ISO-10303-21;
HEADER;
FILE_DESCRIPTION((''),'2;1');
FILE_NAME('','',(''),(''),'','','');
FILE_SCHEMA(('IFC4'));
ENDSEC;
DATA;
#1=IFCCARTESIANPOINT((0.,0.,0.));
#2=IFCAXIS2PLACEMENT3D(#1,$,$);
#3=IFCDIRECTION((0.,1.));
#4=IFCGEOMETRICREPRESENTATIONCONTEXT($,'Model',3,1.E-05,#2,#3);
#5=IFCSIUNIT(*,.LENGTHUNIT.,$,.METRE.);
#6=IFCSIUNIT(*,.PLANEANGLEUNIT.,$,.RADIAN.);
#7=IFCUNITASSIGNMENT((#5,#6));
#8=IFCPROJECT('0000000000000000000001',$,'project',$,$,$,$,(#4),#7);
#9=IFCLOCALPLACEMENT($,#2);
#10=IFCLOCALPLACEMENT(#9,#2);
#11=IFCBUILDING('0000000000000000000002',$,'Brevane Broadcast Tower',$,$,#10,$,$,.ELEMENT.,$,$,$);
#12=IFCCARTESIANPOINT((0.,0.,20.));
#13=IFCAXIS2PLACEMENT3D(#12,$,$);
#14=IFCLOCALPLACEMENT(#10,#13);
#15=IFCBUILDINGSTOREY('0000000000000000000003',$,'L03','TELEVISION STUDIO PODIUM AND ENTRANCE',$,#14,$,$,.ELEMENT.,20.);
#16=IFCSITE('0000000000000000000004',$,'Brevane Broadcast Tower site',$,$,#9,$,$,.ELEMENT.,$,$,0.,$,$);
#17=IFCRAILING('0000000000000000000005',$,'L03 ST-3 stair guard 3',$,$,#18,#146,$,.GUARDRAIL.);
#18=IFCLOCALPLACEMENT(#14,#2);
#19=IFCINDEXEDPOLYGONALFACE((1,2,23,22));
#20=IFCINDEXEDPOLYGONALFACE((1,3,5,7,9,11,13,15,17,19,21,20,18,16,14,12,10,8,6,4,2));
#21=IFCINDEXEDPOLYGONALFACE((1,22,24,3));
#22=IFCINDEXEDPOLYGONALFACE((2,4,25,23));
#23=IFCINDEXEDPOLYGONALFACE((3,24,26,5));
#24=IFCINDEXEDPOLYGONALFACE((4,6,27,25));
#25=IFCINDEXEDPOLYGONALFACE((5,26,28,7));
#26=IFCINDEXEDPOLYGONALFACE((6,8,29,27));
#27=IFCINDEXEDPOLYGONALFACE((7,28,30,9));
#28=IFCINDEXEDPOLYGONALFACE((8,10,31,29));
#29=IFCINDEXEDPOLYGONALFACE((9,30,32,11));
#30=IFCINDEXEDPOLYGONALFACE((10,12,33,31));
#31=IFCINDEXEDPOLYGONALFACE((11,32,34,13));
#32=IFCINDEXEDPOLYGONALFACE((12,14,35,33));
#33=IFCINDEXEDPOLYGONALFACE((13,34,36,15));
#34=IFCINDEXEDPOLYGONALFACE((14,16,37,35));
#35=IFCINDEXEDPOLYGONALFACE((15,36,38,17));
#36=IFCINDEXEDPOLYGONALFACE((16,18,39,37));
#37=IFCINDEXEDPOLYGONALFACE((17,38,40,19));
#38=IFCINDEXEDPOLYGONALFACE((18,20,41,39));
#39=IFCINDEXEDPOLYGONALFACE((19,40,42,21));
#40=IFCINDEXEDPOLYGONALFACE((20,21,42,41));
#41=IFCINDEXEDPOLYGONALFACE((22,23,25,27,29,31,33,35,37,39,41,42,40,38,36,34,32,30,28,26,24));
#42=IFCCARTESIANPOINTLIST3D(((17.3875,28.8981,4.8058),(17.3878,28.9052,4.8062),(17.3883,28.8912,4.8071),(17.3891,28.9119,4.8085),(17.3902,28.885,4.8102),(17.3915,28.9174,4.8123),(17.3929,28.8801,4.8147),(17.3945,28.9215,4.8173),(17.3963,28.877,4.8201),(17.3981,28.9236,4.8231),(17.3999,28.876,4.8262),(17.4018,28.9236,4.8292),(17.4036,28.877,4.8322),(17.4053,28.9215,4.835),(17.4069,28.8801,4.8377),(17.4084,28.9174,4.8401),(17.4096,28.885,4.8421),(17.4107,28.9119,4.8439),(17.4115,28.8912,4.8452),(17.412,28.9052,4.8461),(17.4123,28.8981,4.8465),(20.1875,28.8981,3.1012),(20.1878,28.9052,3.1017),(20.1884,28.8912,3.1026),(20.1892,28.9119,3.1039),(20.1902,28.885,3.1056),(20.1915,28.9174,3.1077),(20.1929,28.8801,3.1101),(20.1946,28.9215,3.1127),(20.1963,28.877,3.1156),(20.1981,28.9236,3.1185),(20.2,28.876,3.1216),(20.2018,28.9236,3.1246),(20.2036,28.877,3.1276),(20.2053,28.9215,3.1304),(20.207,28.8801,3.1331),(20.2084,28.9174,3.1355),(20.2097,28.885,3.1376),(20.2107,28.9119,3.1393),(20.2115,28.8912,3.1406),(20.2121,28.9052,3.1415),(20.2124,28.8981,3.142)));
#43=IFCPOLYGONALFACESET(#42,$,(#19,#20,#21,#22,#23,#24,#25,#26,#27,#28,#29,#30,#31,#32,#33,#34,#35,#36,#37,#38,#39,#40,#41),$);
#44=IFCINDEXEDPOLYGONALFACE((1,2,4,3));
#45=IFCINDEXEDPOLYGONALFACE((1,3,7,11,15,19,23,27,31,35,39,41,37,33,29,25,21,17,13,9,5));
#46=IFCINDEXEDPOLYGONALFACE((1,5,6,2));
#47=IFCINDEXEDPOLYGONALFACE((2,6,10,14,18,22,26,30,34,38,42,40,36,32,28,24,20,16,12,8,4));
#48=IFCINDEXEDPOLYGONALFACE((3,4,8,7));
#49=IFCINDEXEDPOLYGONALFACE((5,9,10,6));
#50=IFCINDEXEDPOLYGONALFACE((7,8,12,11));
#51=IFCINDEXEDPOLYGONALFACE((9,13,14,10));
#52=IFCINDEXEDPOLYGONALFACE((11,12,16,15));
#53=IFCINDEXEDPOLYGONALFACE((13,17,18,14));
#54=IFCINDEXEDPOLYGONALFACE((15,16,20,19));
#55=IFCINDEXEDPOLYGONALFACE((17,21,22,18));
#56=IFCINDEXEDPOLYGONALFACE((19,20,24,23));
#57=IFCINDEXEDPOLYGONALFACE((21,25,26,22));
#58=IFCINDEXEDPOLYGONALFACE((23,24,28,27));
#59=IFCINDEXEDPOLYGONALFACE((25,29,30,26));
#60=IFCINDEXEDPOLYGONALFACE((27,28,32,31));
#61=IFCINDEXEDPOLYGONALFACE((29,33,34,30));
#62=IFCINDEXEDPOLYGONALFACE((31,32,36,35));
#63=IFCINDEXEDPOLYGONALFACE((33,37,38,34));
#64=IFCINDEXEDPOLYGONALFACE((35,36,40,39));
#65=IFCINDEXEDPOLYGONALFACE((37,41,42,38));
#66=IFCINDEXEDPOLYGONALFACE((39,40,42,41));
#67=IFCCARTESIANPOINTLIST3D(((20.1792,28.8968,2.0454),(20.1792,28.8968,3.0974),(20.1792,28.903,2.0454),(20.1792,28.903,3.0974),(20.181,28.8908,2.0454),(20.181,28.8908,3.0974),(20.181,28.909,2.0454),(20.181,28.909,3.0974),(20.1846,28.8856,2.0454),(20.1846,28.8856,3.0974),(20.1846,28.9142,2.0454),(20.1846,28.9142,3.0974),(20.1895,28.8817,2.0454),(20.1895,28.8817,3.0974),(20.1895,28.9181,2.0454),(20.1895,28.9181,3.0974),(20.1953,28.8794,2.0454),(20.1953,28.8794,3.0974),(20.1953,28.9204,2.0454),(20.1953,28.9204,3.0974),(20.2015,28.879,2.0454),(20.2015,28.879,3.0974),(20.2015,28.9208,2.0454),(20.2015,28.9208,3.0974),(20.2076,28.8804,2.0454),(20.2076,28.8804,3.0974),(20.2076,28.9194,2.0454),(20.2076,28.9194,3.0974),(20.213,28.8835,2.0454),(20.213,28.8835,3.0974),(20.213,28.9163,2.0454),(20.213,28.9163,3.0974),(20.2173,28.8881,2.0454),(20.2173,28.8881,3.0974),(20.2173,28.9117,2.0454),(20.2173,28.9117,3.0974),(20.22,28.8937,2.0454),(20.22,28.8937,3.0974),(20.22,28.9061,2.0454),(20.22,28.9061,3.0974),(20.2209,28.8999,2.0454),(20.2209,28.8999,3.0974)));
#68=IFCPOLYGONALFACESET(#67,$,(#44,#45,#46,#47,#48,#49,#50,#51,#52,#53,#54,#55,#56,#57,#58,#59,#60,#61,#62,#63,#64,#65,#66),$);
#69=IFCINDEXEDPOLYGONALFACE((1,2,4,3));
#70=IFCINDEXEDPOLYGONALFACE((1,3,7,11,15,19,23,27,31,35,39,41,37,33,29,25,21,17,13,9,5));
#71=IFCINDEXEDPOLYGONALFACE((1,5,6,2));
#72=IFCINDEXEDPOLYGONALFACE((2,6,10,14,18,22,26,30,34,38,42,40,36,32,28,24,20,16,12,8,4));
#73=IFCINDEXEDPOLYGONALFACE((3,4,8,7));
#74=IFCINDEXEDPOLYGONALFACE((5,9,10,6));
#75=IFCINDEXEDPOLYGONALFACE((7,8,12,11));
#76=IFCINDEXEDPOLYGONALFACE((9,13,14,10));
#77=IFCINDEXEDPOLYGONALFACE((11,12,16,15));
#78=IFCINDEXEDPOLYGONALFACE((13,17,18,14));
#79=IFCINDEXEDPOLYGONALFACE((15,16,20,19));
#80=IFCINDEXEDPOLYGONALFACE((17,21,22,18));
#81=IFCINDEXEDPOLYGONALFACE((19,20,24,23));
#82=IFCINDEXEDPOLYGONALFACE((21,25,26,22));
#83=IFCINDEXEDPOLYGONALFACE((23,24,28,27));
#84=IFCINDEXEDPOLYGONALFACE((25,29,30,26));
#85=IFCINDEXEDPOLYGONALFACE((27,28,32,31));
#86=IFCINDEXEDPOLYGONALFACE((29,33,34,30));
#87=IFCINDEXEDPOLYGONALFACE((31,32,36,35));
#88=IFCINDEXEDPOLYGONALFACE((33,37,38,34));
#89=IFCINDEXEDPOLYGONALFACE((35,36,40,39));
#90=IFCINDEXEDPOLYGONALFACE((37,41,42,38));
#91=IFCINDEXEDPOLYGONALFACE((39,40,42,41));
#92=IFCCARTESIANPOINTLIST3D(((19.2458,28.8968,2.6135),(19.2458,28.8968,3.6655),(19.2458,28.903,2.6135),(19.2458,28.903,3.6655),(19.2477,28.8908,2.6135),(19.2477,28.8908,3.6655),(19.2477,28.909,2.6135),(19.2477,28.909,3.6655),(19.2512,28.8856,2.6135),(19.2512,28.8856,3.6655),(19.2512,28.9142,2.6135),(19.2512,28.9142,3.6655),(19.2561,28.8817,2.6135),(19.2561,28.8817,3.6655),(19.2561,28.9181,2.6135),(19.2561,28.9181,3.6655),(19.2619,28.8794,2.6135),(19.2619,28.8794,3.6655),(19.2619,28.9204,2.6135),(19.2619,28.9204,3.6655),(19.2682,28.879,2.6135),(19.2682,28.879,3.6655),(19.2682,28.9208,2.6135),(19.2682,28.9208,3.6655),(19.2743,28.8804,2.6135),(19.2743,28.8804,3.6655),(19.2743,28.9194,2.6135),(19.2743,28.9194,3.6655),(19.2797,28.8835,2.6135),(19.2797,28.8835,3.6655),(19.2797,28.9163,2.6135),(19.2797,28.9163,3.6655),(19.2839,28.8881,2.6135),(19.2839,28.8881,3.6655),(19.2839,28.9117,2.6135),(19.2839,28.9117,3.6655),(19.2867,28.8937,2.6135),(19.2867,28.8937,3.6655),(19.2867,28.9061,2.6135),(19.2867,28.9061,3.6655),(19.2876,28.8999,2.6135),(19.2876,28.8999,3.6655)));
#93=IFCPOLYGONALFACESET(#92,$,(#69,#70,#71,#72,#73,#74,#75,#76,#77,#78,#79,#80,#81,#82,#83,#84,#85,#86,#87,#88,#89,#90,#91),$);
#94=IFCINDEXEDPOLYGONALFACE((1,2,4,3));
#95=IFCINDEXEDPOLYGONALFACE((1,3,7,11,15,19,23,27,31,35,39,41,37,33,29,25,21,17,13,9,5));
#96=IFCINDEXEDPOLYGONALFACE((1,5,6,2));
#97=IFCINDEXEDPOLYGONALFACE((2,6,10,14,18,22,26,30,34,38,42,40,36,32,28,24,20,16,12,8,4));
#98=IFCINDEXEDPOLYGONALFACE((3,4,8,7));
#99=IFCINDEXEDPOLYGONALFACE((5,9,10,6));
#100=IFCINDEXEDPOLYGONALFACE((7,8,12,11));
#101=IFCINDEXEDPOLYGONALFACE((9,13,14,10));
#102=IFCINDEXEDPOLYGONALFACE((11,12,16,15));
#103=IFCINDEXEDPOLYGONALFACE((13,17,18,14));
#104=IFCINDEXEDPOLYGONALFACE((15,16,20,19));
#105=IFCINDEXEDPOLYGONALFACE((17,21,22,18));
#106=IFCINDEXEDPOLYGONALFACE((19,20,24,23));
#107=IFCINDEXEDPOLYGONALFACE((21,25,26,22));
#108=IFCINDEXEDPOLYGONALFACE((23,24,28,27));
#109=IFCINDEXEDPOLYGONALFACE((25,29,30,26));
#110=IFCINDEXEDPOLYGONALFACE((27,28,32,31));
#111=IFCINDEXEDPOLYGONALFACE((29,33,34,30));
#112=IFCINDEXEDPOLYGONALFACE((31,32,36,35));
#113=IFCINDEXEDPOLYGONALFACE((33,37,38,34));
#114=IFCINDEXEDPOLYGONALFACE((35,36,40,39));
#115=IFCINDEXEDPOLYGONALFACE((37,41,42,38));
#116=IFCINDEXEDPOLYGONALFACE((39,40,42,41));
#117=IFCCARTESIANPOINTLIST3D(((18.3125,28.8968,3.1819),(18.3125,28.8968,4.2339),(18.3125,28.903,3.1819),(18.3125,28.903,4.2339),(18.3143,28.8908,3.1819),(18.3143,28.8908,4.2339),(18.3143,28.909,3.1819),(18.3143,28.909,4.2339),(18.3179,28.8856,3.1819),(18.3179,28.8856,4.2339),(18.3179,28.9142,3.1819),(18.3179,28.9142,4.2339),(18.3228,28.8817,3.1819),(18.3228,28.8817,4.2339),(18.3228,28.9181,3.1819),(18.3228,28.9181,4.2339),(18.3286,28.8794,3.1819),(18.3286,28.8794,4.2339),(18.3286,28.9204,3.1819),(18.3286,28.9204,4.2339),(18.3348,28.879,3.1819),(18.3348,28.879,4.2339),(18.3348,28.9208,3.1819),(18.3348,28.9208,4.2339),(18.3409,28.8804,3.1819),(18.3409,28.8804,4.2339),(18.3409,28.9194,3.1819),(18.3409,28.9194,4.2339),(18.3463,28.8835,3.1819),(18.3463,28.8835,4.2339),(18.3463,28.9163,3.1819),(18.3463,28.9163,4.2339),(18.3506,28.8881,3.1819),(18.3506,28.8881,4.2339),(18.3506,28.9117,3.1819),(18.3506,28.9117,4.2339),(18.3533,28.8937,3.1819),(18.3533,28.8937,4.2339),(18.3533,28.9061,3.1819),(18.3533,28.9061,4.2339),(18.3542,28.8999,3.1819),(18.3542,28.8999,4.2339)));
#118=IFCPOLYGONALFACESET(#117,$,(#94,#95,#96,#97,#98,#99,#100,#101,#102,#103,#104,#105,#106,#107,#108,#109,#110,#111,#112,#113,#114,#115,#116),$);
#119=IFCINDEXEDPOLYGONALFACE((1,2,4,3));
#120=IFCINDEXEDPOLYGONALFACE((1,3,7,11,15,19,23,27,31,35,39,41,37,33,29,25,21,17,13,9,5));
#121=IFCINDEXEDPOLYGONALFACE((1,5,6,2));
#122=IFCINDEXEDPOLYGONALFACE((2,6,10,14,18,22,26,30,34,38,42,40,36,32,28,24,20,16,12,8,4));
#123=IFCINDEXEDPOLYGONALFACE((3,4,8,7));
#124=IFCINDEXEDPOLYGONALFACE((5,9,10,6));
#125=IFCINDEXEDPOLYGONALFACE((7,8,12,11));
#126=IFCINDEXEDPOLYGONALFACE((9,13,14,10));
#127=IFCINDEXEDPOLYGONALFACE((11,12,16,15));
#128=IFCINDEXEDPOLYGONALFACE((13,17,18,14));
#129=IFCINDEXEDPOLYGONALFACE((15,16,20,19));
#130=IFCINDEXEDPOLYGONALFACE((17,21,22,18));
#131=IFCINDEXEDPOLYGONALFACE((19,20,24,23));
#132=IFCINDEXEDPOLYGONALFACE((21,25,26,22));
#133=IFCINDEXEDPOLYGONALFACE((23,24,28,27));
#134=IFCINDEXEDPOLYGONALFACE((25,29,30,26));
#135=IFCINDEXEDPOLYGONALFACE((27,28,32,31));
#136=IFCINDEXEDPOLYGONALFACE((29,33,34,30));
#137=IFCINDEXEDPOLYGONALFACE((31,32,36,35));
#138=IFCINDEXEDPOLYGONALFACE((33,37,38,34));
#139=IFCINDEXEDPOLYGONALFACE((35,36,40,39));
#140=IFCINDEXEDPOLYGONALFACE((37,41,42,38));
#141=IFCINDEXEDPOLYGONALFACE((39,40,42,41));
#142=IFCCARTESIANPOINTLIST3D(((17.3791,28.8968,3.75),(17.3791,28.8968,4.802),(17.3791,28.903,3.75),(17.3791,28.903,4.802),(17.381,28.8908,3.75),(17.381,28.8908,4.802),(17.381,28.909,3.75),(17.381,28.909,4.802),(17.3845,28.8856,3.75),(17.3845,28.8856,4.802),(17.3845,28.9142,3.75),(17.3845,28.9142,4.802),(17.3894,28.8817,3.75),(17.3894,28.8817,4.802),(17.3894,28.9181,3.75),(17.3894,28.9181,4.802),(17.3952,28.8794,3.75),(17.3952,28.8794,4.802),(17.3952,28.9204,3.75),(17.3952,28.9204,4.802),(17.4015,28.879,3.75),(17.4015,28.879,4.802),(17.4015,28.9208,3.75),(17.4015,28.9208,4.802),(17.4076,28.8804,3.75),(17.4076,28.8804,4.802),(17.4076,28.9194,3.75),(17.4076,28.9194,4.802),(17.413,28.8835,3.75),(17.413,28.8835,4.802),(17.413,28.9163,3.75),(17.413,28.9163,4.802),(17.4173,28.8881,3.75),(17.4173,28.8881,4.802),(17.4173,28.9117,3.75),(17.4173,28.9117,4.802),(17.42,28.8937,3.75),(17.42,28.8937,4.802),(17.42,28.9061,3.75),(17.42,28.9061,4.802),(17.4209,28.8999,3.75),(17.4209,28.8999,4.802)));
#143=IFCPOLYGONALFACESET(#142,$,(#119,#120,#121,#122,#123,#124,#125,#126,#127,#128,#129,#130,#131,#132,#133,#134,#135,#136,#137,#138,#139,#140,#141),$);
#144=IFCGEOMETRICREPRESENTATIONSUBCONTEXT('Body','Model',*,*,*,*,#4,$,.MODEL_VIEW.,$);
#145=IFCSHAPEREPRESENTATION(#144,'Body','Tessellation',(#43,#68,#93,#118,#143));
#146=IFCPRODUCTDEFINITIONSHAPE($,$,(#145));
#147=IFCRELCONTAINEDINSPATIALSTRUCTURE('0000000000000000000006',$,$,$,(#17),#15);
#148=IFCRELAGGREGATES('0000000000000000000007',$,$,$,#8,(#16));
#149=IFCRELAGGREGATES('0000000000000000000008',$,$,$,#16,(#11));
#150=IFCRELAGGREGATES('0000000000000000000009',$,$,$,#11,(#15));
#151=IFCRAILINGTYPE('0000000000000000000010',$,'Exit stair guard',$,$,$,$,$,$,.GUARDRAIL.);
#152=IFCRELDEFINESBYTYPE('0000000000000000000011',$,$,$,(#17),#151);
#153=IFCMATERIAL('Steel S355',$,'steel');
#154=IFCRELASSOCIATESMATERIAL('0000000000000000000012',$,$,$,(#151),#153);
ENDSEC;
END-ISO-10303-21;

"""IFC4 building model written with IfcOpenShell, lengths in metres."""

from ifc_helpers import new_model, si_unit, direction, frame, origin, origin_2d, place, context, subcontext, project, spatial, circle, extrude, material, type_object, element, save


model = new_model("IFC4")

# Units and contexts
model_context = context("Model", 3, precision=1e-05, world=origin(), true_north=direction((0.0, 1.0)))
body_context = subcontext(model_context, "Body", "Model", "MODEL_VIEW")
ifc_project = project(units=[si_unit("LENGTHUNIT", "METRE"), si_unit("PLANEANGLEUNIT", "RADIAN")], contexts=[model_context])

# Site, building, storey
site_placement = place(None, origin())
site = spatial("IfcSite", under=ifc_project, at=site_placement, Name="Brevane Broadcast Tower site", CompositionType="ELEMENT", RefElevation=0.0)
building_placement = place(site_placement, origin())
building = spatial("IfcBuilding", under=site, at=building_placement, Name="Brevane Broadcast Tower", CompositionType="ELEMENT")
storey_placement = place(building_placement, frame((0.0, 0.0, 20.0)))
storey = spatial("IfcBuildingStorey", under=building, at=storey_placement, Name="L03", Description="TELEVISION STUDIO PODIUM AND ENTRANCE", CompositionType="ELEMENT", Elevation=20.0)

# Railing
ifc_material_1 = material(Name="Steel S355", Category="steel")
railing_type_1 = type_object("IfcRailingType", Name="Exit stair guard", PredefinedType="GUARDRAIL", material=ifc_material_1)
railing_1_placement = place(storey_placement, frame((20.2, 28.8999, 2.0454)))
element("IfcRailing", 1, at=railing_1_placement, inside=storey, type_object=railing_type_1, Name="L03 ST-3 stair guard 3", PredefinedType="GUARDRAIL", context=body_context, shape_type="SweptSolid", body=[
    extrude(circle(Radius=0.0239, at=origin_2d()), frame((0.0, 0.0, 1.0762), z_axis=(-0.85417, 0.0, 0.519994), x_axis=(0.0, -1.0, 0.0)), (0.0, 0.0, 1.0), 3.2781),
    extrude(circle(Radius=0.021, at=origin_2d()), origin(), (0.0, 0.0, 1.0), 1.052),
    extrude(circle(Radius=0.021, at=origin_2d()), frame((-0.9333, 0.0, 0.5681)), (0.0, 0.0, 1.0), 1.052),
    extrude(circle(Radius=0.021, at=origin_2d()), frame((-1.8667, 0.0, 1.1365)), (0.0, 0.0, 1.0), 1.052),
    extrude(circle(Radius=0.021, at=origin_2d()), frame((-2.8, 0.0, 1.7046)), (0.0, 0.0, 1.0), 1.052),
])

save(model, "model.ifc")
